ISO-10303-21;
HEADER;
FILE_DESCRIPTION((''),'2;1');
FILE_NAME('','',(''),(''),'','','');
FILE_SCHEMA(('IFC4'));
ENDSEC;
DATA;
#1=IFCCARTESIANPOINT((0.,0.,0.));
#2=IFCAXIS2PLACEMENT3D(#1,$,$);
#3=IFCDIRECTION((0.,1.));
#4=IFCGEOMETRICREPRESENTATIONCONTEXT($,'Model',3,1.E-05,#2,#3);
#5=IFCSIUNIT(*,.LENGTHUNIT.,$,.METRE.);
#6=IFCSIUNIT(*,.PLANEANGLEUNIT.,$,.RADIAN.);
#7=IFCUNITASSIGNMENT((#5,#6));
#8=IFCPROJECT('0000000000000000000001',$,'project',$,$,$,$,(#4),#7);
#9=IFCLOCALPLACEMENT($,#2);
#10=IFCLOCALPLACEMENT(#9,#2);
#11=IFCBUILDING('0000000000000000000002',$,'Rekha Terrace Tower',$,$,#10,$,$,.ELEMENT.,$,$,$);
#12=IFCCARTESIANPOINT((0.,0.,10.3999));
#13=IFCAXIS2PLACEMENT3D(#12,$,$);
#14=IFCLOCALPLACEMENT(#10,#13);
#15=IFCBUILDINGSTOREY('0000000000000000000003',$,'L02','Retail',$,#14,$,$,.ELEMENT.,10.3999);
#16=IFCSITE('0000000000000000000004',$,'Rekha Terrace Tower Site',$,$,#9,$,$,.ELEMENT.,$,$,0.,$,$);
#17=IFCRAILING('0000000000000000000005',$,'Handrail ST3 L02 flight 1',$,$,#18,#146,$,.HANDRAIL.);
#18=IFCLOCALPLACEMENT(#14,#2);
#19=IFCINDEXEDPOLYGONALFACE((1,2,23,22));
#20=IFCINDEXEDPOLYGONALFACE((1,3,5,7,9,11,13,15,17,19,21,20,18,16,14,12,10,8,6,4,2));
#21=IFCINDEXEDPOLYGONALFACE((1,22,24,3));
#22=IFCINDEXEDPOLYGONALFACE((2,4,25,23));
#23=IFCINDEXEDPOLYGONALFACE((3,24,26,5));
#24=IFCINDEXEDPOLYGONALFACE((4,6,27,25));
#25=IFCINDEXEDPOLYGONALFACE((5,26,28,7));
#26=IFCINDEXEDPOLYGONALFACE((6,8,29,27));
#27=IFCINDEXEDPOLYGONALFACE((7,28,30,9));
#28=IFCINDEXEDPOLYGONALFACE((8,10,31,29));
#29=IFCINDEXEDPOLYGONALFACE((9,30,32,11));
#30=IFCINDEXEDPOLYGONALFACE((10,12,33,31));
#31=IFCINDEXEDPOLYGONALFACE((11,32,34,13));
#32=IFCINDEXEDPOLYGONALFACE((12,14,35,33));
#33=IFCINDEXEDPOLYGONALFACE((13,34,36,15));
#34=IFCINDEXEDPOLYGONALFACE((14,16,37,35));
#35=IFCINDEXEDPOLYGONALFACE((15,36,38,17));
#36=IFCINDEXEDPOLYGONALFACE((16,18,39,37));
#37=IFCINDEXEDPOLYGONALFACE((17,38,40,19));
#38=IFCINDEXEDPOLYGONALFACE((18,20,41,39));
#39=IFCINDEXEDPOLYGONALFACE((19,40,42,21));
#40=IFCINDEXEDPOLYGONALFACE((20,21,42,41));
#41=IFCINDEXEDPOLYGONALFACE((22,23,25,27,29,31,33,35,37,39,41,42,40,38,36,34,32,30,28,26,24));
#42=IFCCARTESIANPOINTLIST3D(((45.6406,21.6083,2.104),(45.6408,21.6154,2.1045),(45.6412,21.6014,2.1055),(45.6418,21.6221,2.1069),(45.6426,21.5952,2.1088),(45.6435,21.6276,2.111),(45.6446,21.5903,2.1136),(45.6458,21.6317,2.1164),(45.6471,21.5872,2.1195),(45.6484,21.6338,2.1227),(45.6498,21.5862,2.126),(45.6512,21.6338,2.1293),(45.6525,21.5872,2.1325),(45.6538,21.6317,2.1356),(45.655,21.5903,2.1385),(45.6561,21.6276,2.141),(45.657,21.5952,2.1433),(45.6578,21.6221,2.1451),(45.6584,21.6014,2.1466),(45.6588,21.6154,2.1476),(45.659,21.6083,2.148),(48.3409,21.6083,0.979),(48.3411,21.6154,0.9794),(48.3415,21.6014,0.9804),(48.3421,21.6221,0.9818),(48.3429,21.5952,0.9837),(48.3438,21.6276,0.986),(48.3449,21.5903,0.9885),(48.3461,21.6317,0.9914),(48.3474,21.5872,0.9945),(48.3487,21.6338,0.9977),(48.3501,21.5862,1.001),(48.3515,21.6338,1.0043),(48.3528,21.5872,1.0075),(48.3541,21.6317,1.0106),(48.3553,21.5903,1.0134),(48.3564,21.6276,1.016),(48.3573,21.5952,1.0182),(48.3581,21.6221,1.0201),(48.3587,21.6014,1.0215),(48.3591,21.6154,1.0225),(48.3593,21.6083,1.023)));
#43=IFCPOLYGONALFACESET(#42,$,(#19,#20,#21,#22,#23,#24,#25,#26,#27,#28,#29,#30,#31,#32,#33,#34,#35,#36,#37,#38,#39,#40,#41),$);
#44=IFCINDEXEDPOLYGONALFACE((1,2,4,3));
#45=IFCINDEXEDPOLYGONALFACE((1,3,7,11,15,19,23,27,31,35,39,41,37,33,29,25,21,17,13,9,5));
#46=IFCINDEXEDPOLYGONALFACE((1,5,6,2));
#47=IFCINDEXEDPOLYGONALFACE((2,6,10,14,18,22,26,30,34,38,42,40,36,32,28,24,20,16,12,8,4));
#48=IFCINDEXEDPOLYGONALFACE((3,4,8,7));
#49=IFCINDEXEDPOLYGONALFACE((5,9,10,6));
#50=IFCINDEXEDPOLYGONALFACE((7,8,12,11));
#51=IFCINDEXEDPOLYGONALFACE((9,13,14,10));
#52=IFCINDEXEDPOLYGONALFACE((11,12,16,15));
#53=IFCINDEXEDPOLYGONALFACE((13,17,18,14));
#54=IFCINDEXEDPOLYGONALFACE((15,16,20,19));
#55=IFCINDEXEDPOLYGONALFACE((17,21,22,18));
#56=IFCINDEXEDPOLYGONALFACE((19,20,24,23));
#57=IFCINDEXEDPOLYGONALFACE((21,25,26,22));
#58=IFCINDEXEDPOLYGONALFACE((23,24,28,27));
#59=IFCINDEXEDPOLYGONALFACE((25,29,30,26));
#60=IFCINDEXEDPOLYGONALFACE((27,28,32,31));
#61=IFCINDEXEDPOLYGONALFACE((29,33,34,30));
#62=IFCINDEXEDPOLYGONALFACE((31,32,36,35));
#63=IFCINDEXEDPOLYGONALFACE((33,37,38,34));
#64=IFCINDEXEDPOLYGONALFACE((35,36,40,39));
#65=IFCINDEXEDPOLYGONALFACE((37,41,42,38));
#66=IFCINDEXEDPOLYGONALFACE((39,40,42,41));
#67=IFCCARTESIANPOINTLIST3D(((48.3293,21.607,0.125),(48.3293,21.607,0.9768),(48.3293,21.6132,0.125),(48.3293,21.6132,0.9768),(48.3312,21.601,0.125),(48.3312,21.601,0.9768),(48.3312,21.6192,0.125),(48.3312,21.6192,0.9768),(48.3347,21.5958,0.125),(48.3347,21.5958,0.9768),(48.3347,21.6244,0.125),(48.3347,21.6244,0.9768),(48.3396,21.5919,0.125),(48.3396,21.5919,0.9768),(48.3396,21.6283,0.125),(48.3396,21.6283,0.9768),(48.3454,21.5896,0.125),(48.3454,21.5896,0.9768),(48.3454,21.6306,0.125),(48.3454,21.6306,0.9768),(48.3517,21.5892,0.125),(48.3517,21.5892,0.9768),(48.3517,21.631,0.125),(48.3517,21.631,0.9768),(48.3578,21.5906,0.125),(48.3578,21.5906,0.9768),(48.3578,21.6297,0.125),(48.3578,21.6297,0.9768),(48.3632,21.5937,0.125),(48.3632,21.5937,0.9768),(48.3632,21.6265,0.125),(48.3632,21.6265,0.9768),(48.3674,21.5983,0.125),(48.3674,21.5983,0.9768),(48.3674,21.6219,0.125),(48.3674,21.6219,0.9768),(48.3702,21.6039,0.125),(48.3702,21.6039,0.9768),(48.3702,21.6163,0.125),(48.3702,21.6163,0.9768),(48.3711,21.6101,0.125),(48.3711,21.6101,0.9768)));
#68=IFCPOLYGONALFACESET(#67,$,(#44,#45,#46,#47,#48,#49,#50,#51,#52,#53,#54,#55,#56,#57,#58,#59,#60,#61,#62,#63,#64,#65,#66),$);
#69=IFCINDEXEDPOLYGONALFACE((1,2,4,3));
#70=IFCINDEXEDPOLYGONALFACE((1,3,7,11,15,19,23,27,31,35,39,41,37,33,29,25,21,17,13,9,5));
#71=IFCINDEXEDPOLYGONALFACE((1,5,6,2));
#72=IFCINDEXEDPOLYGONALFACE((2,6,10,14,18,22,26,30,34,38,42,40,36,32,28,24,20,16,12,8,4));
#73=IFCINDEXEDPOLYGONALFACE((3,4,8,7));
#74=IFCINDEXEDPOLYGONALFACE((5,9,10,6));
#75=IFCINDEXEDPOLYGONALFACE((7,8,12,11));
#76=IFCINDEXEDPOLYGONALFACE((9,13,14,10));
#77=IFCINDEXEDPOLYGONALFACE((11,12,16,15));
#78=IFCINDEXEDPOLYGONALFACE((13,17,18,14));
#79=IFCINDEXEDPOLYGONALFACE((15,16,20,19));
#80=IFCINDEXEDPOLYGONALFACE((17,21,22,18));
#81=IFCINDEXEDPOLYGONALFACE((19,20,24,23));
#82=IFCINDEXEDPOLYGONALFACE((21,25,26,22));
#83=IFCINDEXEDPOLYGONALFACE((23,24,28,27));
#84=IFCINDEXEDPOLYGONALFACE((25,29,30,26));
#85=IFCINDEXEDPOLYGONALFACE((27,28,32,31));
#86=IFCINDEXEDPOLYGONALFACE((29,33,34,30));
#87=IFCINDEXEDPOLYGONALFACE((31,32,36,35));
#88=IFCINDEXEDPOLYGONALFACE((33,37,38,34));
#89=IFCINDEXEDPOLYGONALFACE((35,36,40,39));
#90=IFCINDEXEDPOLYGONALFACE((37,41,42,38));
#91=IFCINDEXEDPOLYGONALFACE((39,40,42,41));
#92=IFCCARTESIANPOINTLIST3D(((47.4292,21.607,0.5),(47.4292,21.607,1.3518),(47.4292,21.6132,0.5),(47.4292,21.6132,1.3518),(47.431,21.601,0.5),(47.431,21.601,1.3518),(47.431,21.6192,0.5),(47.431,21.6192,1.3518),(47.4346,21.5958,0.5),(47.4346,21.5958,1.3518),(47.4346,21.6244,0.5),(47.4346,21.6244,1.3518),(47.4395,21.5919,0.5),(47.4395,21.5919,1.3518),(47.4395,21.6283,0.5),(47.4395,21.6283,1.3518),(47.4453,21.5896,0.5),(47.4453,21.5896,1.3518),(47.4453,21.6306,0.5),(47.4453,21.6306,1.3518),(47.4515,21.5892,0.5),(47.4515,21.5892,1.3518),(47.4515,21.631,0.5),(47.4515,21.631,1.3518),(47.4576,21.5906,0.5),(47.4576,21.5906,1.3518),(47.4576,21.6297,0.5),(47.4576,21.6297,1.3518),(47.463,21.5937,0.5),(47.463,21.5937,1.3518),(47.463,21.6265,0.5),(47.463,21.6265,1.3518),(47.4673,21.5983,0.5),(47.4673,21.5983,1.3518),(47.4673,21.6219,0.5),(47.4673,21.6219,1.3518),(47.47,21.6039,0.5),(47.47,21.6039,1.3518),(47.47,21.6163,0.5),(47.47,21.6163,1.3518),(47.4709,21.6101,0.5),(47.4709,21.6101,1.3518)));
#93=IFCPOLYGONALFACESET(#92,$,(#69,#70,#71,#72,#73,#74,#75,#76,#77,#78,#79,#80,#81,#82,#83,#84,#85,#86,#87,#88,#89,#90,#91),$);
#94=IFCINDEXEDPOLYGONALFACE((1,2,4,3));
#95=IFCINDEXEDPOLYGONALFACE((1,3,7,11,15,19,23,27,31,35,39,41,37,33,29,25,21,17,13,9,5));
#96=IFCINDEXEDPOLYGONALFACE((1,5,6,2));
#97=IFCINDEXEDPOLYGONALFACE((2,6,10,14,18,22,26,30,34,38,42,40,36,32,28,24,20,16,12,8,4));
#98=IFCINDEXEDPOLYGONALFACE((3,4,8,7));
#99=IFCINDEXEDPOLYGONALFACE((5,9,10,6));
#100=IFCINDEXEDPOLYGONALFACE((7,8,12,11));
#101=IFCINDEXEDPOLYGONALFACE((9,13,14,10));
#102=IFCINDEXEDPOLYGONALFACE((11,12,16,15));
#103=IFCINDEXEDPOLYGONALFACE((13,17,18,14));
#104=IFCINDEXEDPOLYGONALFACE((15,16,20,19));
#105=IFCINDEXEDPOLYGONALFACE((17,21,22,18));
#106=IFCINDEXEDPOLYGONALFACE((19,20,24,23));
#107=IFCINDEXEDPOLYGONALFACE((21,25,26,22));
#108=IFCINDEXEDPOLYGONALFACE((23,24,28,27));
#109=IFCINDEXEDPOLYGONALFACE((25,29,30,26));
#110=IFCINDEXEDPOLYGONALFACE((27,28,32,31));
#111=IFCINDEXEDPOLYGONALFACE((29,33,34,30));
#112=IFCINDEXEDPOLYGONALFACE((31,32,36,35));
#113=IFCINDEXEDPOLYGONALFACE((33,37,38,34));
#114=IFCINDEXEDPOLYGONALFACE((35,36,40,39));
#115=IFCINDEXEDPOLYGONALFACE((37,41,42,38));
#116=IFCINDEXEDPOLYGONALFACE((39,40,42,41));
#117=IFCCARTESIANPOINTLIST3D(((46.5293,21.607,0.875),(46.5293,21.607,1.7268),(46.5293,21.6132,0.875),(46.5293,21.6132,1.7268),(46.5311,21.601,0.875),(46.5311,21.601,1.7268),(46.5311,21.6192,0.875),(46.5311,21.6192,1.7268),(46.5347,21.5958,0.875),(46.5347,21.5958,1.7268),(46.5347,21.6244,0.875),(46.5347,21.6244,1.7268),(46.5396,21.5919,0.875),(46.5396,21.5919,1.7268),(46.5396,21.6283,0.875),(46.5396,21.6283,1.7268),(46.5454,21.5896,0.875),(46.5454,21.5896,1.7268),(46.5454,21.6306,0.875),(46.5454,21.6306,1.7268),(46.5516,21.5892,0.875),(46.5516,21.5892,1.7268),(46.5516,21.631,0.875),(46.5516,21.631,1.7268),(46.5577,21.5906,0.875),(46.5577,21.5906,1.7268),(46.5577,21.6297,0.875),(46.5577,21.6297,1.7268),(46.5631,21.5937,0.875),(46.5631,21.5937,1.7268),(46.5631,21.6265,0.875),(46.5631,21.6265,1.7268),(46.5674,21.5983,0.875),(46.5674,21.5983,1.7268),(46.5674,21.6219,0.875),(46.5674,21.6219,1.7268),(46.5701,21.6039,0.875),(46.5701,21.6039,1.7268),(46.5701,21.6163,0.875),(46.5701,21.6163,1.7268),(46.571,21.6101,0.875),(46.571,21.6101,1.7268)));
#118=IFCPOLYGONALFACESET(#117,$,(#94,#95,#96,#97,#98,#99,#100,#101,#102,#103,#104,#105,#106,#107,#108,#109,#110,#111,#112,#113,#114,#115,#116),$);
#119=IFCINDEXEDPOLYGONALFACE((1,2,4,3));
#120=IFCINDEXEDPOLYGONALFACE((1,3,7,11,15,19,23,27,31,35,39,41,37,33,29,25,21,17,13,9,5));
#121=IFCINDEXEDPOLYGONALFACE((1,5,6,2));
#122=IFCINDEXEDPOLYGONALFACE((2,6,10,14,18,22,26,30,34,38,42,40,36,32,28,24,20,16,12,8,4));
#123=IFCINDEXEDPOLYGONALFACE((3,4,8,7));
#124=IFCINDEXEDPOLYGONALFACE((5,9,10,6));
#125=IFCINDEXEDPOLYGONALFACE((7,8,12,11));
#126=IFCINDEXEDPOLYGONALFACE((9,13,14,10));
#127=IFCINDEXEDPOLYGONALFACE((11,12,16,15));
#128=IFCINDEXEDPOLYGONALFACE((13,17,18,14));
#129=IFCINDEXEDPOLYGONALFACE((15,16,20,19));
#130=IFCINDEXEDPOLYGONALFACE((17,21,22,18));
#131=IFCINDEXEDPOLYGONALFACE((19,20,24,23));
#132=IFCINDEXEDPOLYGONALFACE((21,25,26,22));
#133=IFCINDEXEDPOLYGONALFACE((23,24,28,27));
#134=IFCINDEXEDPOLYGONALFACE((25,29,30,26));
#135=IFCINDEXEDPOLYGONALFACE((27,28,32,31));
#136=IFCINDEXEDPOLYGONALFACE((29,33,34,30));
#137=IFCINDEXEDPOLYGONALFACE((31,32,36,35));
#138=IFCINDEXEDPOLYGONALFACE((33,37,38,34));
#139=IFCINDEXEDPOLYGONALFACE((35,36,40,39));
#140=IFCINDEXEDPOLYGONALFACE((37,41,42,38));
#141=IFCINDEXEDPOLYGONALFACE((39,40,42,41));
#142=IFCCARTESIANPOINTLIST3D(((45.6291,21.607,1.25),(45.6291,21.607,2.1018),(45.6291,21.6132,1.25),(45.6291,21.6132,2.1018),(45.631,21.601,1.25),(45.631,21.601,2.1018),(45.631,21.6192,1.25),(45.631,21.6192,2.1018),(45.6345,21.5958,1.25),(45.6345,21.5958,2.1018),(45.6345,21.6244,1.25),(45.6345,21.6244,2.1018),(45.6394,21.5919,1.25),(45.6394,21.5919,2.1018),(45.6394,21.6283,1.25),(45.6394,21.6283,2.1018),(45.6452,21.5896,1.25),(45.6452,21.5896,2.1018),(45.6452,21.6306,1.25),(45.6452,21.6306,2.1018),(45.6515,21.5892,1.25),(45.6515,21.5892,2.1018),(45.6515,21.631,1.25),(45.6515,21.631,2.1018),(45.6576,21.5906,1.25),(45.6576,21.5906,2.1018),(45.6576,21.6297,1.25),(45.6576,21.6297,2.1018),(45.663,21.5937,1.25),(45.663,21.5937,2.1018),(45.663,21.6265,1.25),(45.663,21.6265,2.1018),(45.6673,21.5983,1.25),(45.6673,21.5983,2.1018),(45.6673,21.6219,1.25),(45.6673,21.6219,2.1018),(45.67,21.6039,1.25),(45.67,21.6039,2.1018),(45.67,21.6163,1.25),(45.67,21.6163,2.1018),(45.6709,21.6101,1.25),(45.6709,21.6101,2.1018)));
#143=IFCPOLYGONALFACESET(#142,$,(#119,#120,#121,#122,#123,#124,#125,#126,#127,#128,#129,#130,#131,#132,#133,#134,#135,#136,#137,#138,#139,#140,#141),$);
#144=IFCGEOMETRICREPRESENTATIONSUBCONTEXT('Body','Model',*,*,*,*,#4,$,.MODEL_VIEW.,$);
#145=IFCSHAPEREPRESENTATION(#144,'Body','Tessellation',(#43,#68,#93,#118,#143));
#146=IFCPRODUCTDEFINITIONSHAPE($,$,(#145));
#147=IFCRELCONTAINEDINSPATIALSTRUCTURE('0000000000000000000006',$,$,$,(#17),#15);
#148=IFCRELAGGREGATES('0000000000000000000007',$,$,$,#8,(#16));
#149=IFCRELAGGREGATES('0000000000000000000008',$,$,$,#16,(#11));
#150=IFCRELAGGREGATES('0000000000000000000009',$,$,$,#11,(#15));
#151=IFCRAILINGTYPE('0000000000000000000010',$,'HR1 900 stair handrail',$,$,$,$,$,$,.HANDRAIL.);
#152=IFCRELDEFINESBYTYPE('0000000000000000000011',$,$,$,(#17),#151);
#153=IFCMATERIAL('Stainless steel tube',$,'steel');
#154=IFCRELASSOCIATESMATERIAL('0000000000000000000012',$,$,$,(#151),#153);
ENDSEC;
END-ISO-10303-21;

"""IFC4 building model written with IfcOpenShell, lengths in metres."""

from ifc_helpers import new_model, si_unit, direction, frame, origin, origin_2d, place, context, subcontext, project, spatial, circle, extrude, material, type_object, element, save


model = new_model("IFC4")

# Units and contexts
model_context = context("Model", 3, precision=1e-05, world=origin(), true_north=direction((0.0, 1.0)))
body_context = subcontext(model_context, "Body", "Model", "MODEL_VIEW")
ifc_project = project(units=[si_unit("LENGTHUNIT", "METRE"), si_unit("PLANEANGLEUNIT", "RADIAN")], contexts=[model_context])

# Site, building, storey
site_placement = place(None, origin())
site = spatial("IfcSite", under=ifc_project, at=site_placement, Name="Rekha Terrace Tower Site", CompositionType="ELEMENT", RefElevation=0.0)
building_placement = place(site_placement, origin())
building = spatial("IfcBuilding", under=site, at=building_placement, Name="Rekha Terrace Tower", CompositionType="ELEMENT")
storey_placement = place(building_placement, frame((0.0, 0.0, 10.3999)))
storey = spatial("IfcBuildingStorey", under=building, at=storey_placement, Name="L02", Description="Retail", CompositionType="ELEMENT", Elevation=10.3999)

# Railing
ifc_material_1 = material(Name="Stainless steel tube", Category="steel")
railing_type_1 = type_object("IfcRailingType", Name="HR1 900 stair handrail", PredefinedType="HANDRAIL", material=ifc_material_1)
railing_1_placement = place(storey_placement, frame((48.3501, 21.6101, 0.125)))
element("IfcRailing", 1, at=railing_1_placement, inside=storey, type_object=railing_type_1, Name="Handrail ST3 L02 flight 1", PredefinedType="HANDRAIL", context=body_context, shape_type="SweptSolid", body=[
    extrude(circle(Radius=0.0239, at=origin_2d()), frame((0.0, 0.0, 0.876), z_axis=(-0.923087, 0.0, 0.384592), x_axis=(0.0, -1.0, 0.0)), (0.0, 0.0, 1.0), 2.9253),
    extrude(circle(Radius=0.021, at=origin_2d()), origin(), (0.0, 0.0, 1.0), 0.8518),
    extrude(circle(Radius=0.021, at=origin_2d()), frame((-0.9001, 0.0, 0.375)), (0.0, 0.0, 1.0), 0.8518),
    extrude(circle(Radius=0.021, at=origin_2d()), frame((-1.8, 0.0, 0.75)), (0.0, 0.0, 1.0), 0.8518),
    extrude(circle(Radius=0.021, at=origin_2d()), frame((-2.7002, 0.0, 1.125)), (0.0, 0.0, 1.0), 0.8518),
])

save(model, "model.ifc")
